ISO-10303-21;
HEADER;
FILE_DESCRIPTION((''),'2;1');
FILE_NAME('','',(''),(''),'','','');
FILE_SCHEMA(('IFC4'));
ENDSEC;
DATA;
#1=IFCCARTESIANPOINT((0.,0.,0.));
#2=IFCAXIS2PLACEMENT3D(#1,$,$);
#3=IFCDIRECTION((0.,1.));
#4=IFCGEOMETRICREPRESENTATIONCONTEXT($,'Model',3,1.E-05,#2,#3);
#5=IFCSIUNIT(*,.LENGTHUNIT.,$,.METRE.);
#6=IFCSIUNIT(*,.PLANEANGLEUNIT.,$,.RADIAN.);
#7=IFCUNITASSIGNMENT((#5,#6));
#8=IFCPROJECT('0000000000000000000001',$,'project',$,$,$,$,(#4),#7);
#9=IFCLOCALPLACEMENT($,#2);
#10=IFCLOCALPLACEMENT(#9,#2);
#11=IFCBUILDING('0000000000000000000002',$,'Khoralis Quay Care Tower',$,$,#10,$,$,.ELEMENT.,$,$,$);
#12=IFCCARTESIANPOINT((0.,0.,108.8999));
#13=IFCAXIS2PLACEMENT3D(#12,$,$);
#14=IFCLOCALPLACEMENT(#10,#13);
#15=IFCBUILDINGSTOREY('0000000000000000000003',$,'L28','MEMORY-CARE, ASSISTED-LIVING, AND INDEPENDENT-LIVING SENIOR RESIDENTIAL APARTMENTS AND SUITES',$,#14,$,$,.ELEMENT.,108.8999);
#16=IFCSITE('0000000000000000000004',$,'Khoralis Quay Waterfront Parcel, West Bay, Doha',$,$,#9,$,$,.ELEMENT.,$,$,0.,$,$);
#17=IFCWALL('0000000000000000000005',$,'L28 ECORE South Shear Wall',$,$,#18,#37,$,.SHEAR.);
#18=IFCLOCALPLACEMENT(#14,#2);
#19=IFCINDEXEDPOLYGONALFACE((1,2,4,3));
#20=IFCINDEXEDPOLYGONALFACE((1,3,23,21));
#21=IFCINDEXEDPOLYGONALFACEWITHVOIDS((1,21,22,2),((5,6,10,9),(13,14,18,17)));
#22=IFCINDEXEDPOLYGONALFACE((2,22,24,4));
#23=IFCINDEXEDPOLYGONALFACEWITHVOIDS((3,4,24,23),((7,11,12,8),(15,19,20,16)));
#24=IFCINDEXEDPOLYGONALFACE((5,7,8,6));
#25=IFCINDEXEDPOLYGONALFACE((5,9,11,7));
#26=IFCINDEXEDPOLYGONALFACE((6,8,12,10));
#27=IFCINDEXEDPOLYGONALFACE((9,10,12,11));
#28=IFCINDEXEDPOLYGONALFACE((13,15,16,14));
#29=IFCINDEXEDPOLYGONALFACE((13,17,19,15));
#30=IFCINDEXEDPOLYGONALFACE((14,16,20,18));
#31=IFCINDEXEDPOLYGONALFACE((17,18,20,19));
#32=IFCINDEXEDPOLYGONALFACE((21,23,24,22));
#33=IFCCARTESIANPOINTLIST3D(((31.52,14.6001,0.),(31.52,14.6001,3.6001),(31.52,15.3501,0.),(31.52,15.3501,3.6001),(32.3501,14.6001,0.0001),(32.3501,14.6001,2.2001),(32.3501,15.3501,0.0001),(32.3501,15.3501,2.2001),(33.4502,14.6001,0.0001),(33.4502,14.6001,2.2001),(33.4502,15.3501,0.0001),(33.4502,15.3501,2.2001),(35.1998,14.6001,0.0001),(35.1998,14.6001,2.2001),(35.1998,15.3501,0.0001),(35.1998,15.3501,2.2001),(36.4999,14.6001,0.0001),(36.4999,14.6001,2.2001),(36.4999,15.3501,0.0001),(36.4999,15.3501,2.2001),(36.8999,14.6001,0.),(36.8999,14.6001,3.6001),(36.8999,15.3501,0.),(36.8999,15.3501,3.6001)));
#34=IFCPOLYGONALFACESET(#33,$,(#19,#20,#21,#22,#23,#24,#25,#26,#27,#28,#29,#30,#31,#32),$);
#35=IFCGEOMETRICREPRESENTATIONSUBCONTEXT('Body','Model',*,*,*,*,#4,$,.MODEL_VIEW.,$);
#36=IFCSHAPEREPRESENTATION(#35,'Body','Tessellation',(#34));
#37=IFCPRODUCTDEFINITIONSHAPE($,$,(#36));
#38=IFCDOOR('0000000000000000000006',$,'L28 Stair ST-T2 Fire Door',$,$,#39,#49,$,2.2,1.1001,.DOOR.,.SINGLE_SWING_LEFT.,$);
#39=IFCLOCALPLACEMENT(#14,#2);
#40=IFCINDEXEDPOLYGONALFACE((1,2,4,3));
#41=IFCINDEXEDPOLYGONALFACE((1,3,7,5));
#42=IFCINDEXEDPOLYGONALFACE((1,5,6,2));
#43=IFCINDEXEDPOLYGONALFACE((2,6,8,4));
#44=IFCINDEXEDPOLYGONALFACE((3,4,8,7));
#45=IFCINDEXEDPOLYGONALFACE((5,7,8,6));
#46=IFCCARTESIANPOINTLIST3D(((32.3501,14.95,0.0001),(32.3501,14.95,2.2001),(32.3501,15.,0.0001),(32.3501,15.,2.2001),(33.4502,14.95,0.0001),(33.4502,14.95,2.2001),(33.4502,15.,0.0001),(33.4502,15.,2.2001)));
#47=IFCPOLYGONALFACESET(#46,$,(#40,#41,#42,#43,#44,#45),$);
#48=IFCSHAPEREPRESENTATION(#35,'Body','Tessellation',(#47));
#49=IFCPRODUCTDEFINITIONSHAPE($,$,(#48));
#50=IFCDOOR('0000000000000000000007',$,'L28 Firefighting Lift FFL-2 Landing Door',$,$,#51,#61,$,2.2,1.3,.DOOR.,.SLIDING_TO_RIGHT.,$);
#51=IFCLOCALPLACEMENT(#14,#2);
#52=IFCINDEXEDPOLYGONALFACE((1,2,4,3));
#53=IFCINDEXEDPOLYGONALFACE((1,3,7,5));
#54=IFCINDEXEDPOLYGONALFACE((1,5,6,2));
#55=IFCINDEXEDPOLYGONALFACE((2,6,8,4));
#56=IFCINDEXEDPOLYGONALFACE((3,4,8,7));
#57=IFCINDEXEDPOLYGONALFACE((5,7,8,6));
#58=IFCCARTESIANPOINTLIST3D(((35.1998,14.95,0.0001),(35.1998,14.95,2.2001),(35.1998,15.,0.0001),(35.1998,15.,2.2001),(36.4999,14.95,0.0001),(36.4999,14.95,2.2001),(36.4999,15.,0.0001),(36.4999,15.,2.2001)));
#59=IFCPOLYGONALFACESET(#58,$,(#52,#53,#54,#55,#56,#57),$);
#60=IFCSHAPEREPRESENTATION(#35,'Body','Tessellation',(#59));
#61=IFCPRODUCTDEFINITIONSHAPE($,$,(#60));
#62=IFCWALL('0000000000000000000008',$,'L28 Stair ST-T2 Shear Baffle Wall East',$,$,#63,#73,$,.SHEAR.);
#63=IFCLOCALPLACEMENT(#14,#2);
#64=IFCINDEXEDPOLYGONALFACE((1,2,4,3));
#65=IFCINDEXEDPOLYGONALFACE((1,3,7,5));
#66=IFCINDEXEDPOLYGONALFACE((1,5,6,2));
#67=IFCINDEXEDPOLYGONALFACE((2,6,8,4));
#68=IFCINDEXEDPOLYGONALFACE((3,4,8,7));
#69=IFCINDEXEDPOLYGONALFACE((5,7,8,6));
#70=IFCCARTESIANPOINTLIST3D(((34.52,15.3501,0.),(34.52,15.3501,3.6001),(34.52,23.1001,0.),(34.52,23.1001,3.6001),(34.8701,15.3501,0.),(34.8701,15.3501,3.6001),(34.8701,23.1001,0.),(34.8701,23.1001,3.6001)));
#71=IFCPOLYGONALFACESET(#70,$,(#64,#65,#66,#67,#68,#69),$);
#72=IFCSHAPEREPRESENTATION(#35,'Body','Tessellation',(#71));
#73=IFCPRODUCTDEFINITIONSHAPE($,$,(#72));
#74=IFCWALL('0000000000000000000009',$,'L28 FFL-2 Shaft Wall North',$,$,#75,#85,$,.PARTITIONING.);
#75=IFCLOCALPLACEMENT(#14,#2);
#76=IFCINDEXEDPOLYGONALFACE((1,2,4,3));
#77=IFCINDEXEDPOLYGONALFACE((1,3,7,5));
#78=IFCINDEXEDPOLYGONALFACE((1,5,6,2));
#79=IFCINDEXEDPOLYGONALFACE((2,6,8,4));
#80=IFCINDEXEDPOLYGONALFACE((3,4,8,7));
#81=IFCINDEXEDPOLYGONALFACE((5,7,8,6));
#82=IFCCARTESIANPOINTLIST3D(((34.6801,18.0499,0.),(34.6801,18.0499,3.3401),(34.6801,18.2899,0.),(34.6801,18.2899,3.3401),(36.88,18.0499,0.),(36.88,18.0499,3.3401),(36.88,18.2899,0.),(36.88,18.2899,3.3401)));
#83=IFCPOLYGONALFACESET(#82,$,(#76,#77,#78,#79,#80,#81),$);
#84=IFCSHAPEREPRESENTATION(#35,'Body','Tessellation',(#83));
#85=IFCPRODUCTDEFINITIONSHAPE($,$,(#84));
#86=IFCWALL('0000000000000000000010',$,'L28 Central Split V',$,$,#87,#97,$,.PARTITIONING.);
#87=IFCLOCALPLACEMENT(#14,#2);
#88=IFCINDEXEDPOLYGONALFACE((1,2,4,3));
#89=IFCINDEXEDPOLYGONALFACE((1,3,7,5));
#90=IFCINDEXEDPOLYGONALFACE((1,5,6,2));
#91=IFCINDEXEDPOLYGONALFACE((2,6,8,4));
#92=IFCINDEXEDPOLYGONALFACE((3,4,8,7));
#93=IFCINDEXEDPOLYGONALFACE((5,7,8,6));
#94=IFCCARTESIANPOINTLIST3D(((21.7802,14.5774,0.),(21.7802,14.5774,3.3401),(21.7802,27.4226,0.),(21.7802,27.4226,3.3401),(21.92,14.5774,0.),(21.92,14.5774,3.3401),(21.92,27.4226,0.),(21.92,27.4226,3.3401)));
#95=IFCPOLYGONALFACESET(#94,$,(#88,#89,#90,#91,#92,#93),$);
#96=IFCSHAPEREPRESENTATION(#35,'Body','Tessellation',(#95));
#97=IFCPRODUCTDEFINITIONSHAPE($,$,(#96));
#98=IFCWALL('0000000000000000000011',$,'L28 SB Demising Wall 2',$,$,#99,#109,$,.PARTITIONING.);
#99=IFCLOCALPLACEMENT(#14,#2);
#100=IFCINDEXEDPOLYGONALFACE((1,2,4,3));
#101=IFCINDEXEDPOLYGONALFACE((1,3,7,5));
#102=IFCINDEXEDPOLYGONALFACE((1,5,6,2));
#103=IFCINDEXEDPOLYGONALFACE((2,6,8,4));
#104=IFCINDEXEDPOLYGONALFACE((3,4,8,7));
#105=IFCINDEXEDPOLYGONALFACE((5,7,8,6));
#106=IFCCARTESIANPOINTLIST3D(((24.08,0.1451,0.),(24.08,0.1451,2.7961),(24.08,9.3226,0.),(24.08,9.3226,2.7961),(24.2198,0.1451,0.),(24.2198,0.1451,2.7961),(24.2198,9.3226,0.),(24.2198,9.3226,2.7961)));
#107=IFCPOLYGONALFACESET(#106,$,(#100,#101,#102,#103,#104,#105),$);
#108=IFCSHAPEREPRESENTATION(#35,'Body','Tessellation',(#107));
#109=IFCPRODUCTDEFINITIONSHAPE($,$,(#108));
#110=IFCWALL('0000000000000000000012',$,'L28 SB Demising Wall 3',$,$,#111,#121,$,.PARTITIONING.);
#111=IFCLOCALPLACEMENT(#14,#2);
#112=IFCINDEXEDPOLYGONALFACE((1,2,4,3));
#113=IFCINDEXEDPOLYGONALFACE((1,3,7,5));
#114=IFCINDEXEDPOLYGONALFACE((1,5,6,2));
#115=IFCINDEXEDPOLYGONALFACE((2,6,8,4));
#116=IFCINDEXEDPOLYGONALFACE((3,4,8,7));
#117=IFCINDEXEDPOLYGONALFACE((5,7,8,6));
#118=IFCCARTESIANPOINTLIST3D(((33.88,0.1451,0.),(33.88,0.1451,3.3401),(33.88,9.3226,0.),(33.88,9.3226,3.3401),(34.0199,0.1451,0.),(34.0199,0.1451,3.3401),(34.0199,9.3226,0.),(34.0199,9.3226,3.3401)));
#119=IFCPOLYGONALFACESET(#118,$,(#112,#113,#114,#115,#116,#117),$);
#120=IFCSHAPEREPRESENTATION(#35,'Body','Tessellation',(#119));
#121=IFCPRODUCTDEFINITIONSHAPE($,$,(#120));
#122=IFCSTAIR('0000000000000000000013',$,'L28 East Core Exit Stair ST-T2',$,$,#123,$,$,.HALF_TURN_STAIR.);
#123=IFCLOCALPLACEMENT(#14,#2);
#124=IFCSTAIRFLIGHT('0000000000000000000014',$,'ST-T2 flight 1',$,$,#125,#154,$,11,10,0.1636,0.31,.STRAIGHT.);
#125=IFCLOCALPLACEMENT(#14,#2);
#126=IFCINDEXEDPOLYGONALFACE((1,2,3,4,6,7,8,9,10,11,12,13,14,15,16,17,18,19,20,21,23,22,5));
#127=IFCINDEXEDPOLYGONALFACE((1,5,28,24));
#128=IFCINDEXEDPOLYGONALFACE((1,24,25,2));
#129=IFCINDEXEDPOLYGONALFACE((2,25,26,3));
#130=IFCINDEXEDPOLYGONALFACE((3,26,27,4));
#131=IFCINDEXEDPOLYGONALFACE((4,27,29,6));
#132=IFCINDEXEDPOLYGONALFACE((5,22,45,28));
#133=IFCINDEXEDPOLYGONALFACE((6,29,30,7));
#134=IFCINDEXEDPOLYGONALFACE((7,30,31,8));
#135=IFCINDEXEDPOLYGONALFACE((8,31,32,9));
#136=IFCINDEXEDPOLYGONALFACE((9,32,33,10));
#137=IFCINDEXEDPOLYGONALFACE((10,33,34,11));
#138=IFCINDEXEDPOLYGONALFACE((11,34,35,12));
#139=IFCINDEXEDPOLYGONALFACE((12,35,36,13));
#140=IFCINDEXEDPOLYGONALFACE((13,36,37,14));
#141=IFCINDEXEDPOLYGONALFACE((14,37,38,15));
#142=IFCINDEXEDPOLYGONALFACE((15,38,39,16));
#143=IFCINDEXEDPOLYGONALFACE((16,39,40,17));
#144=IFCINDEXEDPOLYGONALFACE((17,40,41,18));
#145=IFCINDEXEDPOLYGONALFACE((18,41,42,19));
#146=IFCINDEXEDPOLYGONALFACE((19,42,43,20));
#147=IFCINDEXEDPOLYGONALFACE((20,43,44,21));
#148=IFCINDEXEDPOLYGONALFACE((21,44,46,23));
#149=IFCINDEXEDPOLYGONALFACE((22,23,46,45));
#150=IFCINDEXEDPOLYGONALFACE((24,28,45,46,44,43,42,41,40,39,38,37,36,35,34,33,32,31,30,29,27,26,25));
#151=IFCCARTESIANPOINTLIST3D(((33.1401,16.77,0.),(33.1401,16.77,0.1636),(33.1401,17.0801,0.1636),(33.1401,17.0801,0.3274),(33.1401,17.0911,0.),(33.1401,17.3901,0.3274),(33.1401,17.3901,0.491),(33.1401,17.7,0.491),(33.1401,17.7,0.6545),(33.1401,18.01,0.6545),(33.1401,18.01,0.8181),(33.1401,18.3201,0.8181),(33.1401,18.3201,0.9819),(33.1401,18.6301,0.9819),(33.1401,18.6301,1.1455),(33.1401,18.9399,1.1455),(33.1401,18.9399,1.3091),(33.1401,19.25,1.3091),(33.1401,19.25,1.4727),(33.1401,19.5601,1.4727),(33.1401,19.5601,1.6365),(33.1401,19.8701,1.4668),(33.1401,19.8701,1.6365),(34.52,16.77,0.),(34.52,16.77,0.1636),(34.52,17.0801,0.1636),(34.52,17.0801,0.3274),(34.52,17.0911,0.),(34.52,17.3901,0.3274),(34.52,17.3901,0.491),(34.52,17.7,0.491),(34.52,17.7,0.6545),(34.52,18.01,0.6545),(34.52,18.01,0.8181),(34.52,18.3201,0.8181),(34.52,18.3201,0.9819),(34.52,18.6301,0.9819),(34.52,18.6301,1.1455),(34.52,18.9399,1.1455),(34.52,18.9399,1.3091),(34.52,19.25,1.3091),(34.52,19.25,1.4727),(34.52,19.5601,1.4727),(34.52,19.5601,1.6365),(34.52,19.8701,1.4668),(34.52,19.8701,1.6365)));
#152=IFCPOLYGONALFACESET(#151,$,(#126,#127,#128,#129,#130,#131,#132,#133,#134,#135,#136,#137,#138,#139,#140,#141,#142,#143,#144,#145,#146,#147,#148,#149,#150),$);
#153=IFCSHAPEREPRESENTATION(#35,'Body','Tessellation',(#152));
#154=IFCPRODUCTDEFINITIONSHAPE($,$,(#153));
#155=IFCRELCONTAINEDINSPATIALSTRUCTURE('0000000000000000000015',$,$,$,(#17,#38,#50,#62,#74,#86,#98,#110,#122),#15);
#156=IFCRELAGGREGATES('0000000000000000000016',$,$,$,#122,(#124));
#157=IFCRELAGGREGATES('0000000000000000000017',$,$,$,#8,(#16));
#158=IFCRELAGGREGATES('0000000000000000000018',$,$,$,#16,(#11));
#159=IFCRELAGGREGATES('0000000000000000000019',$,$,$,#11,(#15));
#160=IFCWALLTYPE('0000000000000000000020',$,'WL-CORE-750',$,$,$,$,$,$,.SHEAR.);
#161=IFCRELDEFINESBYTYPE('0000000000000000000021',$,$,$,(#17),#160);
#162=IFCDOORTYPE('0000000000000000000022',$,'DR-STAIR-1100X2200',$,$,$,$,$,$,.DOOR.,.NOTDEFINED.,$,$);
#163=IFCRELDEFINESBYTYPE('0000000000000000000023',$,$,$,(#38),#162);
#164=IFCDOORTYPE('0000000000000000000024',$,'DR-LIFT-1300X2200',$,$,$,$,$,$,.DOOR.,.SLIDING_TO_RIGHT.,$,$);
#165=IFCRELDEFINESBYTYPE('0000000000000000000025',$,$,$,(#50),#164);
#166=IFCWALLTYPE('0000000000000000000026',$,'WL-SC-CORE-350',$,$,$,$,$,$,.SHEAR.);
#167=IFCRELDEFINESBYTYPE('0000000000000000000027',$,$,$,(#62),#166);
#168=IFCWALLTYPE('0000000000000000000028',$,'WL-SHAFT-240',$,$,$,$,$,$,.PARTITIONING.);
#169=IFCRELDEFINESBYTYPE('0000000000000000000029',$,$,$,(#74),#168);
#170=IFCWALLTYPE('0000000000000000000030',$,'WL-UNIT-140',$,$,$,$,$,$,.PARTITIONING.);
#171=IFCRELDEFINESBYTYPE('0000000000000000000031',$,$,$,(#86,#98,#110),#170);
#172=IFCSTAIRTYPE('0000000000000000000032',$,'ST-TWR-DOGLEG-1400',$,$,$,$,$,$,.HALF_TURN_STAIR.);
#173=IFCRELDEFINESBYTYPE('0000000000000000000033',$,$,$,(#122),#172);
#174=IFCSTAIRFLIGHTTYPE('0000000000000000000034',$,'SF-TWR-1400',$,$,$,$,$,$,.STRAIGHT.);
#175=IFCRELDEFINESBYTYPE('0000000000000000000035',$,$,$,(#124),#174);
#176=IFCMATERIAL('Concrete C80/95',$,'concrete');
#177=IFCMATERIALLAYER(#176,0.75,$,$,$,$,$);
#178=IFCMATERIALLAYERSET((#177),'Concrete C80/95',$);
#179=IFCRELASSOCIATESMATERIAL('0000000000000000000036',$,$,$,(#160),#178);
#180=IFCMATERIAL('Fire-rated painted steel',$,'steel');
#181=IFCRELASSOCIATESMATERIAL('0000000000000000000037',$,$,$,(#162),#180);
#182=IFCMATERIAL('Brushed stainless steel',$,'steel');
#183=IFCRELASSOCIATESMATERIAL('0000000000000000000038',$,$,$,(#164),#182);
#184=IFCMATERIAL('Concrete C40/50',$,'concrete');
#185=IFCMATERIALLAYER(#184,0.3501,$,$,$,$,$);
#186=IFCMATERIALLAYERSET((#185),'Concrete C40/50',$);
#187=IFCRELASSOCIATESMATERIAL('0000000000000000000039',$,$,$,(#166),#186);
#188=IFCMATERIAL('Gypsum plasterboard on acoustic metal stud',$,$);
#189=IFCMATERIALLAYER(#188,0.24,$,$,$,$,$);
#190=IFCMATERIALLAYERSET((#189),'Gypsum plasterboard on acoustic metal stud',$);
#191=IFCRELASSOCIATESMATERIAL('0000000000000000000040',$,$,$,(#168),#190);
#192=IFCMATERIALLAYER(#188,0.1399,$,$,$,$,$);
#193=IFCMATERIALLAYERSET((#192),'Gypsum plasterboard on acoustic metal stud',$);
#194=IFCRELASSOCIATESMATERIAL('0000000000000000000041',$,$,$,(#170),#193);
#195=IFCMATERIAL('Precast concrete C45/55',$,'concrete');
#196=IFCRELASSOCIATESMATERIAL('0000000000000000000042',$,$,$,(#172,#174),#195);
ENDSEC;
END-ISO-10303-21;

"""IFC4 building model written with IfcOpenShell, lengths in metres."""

from ifc_helpers import new_model, si_unit, direction, frame, frame_2d, origin, place, context, subcontext, project, spatial, polyline, rectangle, outline, extrude, source, transform, mapped, material, layer, layer_set, type_object, element, fill, aggregate, save


model = new_model("IFC4")

# Units and contexts
model_context = context("Model", 3, precision=1e-05, world=origin(), true_north=direction((0.0, 1.0)))
body_context = subcontext(model_context, "Body", "Model", "MODEL_VIEW")
ifc_project = project(units=[si_unit("LENGTHUNIT", "METRE"), si_unit("PLANEANGLEUNIT", "RADIAN")], contexts=[model_context])

# Site, building, storey
site_placement = place(None, origin())
site = spatial("IfcSite", under=ifc_project, at=site_placement, Name="Khoralis Quay Waterfront Parcel, West Bay, Doha", CompositionType="ELEMENT", RefElevation=0.0)
building_placement = place(site_placement, origin())
building = spatial("IfcBuilding", under=site, at=building_placement, Name="Khoralis Quay Care Tower", CompositionType="ELEMENT")
storey_placement = place(building_placement, frame((0.0, 0.0, 108.8999)))
storey = spatial("IfcBuildingStorey", under=building, at=storey_placement, Name="L28", Description="MEMORY-CARE, ASSISTED-LIVING, AND INDEPENDENT-LIVING SENIOR RESIDENTIAL APARTMENTS AND SUITES", CompositionType="ELEMENT", Elevation=108.8999)

# Shared definitions
ifc_material_1 = material(Name="Gypsum plasterboard on acoustic metal stud")
ifc_material_2 = material(Name="Fire-rated painted steel", Category="steel")

# Shared definitions
ifc_material_3 = material(Name="Concrete C80/95", Category="concrete")
ifc_layer_1 = layer(ifc_material_3, 0.75)
ifc_layer_set_1 = layer_set([ifc_layer_1], Name="Concrete C80/95")
wall_type_1 = type_object("IfcWallType", Name="WL-CORE-750", PredefinedType="SHEAR", material=ifc_layer_set_1)

# Wall, openings, doors
wall_1_placement = place(storey_placement, frame((31.52, 14.9751, 0.0), z_axis=(0.0, 0.0, 1.0), x_axis=(1.0, 0.0, 0.0)))
wall_1 = element("IfcWall", 1, at=wall_1_placement, inside=storey, type_object=wall_type_1, Name="L28 ECORE South Shear Wall", PredefinedType="SHEAR", context=body_context, shape_type="SweptSolid", body=[
    extrude(rectangle(XDim=5.3799, YDim=0.75, at=frame_2d((2.6899, 0.0))), origin(), (0.0, 0.0, 1.0), 3.6001),
])
opening_1_placement = place(wall_1_placement, frame((0.8301, 0.0, 0.0)))
opening_1 = element("IfcOpeningElement", 2, at=opening_1_placement, cuts=wall_1, PredefinedType="OPENING", context=body_context, shape_type="SweptSolid", body=[
    extrude(rectangle(XDim=1.1001, YDim=2.2, at=frame_2d((0.55, 1.1001))), frame((0.0, 0.385, 0.0), z_axis=(0.0, -1.0, 0.0), x_axis=(1.0, 0.0, 0.0)), (0.0, 0.0, 1.0), 0.77),
])
opening_2_placement = place(wall_1_placement, frame((3.6799, 0.0, 0.0)))
opening_2 = element("IfcOpeningElement", 3, at=opening_2_placement, cuts=wall_1, PredefinedType="OPENING", context=body_context, shape_type="SweptSolid", body=[
    extrude(rectangle(XDim=1.3, YDim=2.2, at=frame_2d((0.6499, 1.1001))), frame((0.0, 0.385, 0.0), z_axis=(0.0, -1.0, 0.0), x_axis=(1.0, 0.0, 0.0)), (0.0, 0.0, 1.0), 0.77),
])
door_type_1 = type_object("IfcDoorType", Name="DR-STAIR-1100X2200", OperationType="NOTDEFINED", PredefinedType="DOOR", material=ifc_material_2)
shared_shape_1 = source(origin(), body_context, "Body", "SweptSolid", [
    extrude(rectangle(XDim=1.1001, YDim=2.2, at=frame_2d((0.55, 1.1001))), frame((0.0, 0.0249, 0.0), z_axis=(0.0, -1.0, 0.0), x_axis=(1.0, 0.0, 0.0)), (0.0, 0.0, 1.0), 0.05),
])
door_1_placement = place(opening_1_placement, origin())
door_1 = element("IfcDoor", 4, at=door_1_placement, inside=storey, type_object=door_type_1, Name="L28 Stair ST-T2 Fire Door", OperationType="SINGLE_SWING_LEFT", OverallHeight=2.2, OverallWidth=1.1001, PredefinedType="DOOR", context=body_context, shape_type="MappedRepresentation", body=[
    mapped(shared_shape_1, transform((0.0, 0.0, 0.0), scale=1.0)),
])
fill(opening_1, door_1)
ifc_material_4 = material(Name="Brushed stainless steel", Category="steel")
door_type_2 = type_object("IfcDoorType", Name="DR-LIFT-1300X2200", OperationType="SLIDING_TO_RIGHT", PredefinedType="DOOR", material=ifc_material_4)
shared_shape_2 = source(origin(), body_context, "Body", "SweptSolid", [
    extrude(rectangle(XDim=1.3, YDim=2.2, at=frame_2d((0.6499, 1.1001))), frame((0.0, 0.0249, 0.0), z_axis=(0.0, -1.0, 0.0), x_axis=(1.0, 0.0, 0.0)), (0.0, 0.0, 1.0), 0.05),
])
door_2_placement = place(opening_2_placement, origin())
door_2 = element("IfcDoor", 5, at=door_2_placement, inside=storey, type_object=door_type_2, Name="L28 Firefighting Lift FFL-2 Landing Door", OperationType="SLIDING_TO_RIGHT", OverallHeight=2.2, OverallWidth=1.3, PredefinedType="DOOR", context=body_context, shape_type="MappedRepresentation", body=[
    mapped(shared_shape_2, transform((0.0, 0.0, 0.0), scale=1.0)),
])
fill(opening_2, door_2)

# Walls
ifc_material_5 = material(Name="Concrete C40/50", Category="concrete")
ifc_layer_2 = layer(ifc_material_5, 0.3501)
ifc_layer_set_2 = layer_set([ifc_layer_2], Name="Concrete C40/50")
wall_type_2 = type_object("IfcWallType", Name="WL-SC-CORE-350", PredefinedType="SHEAR", material=ifc_layer_set_2)
wall_2_placement = place(storey_placement, frame((34.6951, 15.3501, 0.0), z_axis=(0.0, 0.0, 1.0), x_axis=(0.0, 1.0, 0.0)))
element("IfcWall", 6, at=wall_2_placement, inside=storey, type_object=wall_type_2, Name="L28 Stair ST-T2 Shear Baffle Wall East", PredefinedType="SHEAR", context=body_context, shape_type="SweptSolid", body=[
    extrude(rectangle(XDim=7.75, YDim=0.3501, at=frame_2d((3.875, 0.0))), origin(), (0.0, 0.0, 1.0), 3.6001),
])
ifc_layer_3 = layer(ifc_material_1, 0.24)
ifc_layer_set_3 = layer_set([ifc_layer_3], Name="Gypsum plasterboard on acoustic metal stud")
wall_type_3 = type_object("IfcWallType", Name="WL-SHAFT-240", PredefinedType="PARTITIONING", material=ifc_layer_set_3)
wall_3_placement = place(storey_placement, frame((34.6799, 18.1699, 0.0), z_axis=(0.0, 0.0, 1.0), x_axis=(1.0, 0.0, 0.0)))
element("IfcWall", 7, at=wall_3_placement, inside=storey, type_object=wall_type_3, Name="L28 FFL-2 Shaft Wall North", PredefinedType="PARTITIONING", context=body_context, shape_type="SweptSolid", body=[
    extrude(rectangle(XDim=2.2, YDim=0.24, at=frame_2d((1.1001, 0.0))), origin(), (0.0, 0.0, 1.0), 3.3401),
])
ifc_layer_4 = layer(ifc_material_1, 0.1399)
ifc_layer_set_4 = layer_set([ifc_layer_4], Name="Gypsum plasterboard on acoustic metal stud")
wall_type_4 = type_object("IfcWallType", Name="WL-UNIT-140", PredefinedType="PARTITIONING", material=ifc_layer_set_4)
wall_4_placement = place(storey_placement, frame((21.8501, 14.5774, 0.0), z_axis=(0.0, 0.0, 1.0), x_axis=(0.0, 1.0, 0.0)))
element("IfcWall", 8, at=wall_4_placement, inside=storey, type_object=wall_type_4, Name="L28 Central Split V", PredefinedType="PARTITIONING", context=body_context, shape_type="SweptSolid", body=[
    extrude(rectangle(XDim=12.8452, YDim=0.1399, at=frame_2d((6.4226, 0.0))), origin(), (0.0, 0.0, 1.0), 3.3401),
])
wall_5_placement = place(storey_placement, frame((24.1499, 0.145, 0.0), z_axis=(0.0, 0.0, 1.0), x_axis=(0.0, 1.0, 0.0)))
element("IfcWall", 9, at=wall_5_placement, inside=storey, type_object=wall_type_4, Name="L28 SB Demising Wall 2", PredefinedType="PARTITIONING", context=body_context, shape_type="SweptSolid", body=[
    extrude(rectangle(XDim=9.1775, YDim=0.1399, at=frame_2d((4.5889, 0.0))), origin(), (0.0, 0.0, 1.0), 2.7961),
])
wall_6_placement = place(storey_placement, frame((33.95, 0.145, 0.0), z_axis=(0.0, 0.0, 1.0), x_axis=(0.0, 1.0, 0.0)))
element("IfcWall", 10, at=wall_6_placement, inside=storey, type_object=wall_type_4, Name="L28 SB Demising Wall 3", PredefinedType="PARTITIONING", context=body_context, shape_type="SweptSolid", body=[
    extrude(rectangle(XDim=9.1775, YDim=0.1399, at=frame_2d((4.5889, 0.0))), origin(), (0.0, 0.0, 1.0), 3.3401),
])

# Stair, stair flight
ifc_material_6 = material(Name="Precast concrete C45/55", Category="concrete")
stair_type = type_object("IfcStairType", Name="ST-TWR-DOGLEG-1400", PredefinedType="HALF_TURN_STAIR", material=ifc_material_6)
stair_placement = place(storey_placement, origin())
stair = element("IfcStair", 11, at=stair_placement, inside=storey, type_object=stair_type, Name="L28 East Core Exit Stair ST-T2", PredefinedType="HALF_TURN_STAIR")
stair_flight_type = type_object("IfcStairFlightType", Name="SF-TWR-1400", PredefinedType="STRAIGHT", material=ifc_material_6)
shared_shape_3 = source(origin(), body_context, "Body", "SweptSolid", [
    extrude(outline(polyline([(0.0, 0.0), (0.0, 0.1636), (0.3101, 0.1636), (0.3101, 0.3274), (0.6201, 0.3274), (0.6201, 0.491), (0.9299, 0.491), (0.9299, 0.6545), (1.24, 0.6545), (1.24, 0.8181), (1.55, 0.8181), (1.55, 0.9819), (1.8601, 0.9819), (1.8601, 1.1455), (2.1699, 1.1455), (2.1699, 1.3091), (2.48, 1.3091), (2.48, 1.4727), (2.79, 1.4727), (2.79, 1.6365), (3.1001, 1.6365), (3.1001, 1.8), (3.1001, 1.4668), (0.321, 0.0), (0.0, 0.0)])), frame((0.0, 0.6899, 0.0), z_axis=(0.0, -1.0, 0.0), x_axis=(1.0, 0.0, 0.0)), (0.0, 0.0, 1.0), 1.3799),
])
stair_flight_placement = place(storey_placement, frame((33.8301, 16.77, 0.0), z_axis=(0.0, 0.0, 1.0), x_axis=(0.0, 1.0, 0.0)))
stair_flight = element("IfcStairFlight", 12, at=stair_flight_placement, type_object=stair_flight_type, Name="ST-T2 flight 1", NumberOfRisers=11, NumberOfTreads=10, PredefinedType="STRAIGHT", RiserHeight=0.1636, TreadLength=0.31, context=body_context, shape_type="MappedRepresentation", body=[
    mapped(shared_shape_3, transform((0.0, 0.0, 0.0), scale=1.0)),
])
aggregate(stair, [stair_flight])

save(model, "model.ifc")
